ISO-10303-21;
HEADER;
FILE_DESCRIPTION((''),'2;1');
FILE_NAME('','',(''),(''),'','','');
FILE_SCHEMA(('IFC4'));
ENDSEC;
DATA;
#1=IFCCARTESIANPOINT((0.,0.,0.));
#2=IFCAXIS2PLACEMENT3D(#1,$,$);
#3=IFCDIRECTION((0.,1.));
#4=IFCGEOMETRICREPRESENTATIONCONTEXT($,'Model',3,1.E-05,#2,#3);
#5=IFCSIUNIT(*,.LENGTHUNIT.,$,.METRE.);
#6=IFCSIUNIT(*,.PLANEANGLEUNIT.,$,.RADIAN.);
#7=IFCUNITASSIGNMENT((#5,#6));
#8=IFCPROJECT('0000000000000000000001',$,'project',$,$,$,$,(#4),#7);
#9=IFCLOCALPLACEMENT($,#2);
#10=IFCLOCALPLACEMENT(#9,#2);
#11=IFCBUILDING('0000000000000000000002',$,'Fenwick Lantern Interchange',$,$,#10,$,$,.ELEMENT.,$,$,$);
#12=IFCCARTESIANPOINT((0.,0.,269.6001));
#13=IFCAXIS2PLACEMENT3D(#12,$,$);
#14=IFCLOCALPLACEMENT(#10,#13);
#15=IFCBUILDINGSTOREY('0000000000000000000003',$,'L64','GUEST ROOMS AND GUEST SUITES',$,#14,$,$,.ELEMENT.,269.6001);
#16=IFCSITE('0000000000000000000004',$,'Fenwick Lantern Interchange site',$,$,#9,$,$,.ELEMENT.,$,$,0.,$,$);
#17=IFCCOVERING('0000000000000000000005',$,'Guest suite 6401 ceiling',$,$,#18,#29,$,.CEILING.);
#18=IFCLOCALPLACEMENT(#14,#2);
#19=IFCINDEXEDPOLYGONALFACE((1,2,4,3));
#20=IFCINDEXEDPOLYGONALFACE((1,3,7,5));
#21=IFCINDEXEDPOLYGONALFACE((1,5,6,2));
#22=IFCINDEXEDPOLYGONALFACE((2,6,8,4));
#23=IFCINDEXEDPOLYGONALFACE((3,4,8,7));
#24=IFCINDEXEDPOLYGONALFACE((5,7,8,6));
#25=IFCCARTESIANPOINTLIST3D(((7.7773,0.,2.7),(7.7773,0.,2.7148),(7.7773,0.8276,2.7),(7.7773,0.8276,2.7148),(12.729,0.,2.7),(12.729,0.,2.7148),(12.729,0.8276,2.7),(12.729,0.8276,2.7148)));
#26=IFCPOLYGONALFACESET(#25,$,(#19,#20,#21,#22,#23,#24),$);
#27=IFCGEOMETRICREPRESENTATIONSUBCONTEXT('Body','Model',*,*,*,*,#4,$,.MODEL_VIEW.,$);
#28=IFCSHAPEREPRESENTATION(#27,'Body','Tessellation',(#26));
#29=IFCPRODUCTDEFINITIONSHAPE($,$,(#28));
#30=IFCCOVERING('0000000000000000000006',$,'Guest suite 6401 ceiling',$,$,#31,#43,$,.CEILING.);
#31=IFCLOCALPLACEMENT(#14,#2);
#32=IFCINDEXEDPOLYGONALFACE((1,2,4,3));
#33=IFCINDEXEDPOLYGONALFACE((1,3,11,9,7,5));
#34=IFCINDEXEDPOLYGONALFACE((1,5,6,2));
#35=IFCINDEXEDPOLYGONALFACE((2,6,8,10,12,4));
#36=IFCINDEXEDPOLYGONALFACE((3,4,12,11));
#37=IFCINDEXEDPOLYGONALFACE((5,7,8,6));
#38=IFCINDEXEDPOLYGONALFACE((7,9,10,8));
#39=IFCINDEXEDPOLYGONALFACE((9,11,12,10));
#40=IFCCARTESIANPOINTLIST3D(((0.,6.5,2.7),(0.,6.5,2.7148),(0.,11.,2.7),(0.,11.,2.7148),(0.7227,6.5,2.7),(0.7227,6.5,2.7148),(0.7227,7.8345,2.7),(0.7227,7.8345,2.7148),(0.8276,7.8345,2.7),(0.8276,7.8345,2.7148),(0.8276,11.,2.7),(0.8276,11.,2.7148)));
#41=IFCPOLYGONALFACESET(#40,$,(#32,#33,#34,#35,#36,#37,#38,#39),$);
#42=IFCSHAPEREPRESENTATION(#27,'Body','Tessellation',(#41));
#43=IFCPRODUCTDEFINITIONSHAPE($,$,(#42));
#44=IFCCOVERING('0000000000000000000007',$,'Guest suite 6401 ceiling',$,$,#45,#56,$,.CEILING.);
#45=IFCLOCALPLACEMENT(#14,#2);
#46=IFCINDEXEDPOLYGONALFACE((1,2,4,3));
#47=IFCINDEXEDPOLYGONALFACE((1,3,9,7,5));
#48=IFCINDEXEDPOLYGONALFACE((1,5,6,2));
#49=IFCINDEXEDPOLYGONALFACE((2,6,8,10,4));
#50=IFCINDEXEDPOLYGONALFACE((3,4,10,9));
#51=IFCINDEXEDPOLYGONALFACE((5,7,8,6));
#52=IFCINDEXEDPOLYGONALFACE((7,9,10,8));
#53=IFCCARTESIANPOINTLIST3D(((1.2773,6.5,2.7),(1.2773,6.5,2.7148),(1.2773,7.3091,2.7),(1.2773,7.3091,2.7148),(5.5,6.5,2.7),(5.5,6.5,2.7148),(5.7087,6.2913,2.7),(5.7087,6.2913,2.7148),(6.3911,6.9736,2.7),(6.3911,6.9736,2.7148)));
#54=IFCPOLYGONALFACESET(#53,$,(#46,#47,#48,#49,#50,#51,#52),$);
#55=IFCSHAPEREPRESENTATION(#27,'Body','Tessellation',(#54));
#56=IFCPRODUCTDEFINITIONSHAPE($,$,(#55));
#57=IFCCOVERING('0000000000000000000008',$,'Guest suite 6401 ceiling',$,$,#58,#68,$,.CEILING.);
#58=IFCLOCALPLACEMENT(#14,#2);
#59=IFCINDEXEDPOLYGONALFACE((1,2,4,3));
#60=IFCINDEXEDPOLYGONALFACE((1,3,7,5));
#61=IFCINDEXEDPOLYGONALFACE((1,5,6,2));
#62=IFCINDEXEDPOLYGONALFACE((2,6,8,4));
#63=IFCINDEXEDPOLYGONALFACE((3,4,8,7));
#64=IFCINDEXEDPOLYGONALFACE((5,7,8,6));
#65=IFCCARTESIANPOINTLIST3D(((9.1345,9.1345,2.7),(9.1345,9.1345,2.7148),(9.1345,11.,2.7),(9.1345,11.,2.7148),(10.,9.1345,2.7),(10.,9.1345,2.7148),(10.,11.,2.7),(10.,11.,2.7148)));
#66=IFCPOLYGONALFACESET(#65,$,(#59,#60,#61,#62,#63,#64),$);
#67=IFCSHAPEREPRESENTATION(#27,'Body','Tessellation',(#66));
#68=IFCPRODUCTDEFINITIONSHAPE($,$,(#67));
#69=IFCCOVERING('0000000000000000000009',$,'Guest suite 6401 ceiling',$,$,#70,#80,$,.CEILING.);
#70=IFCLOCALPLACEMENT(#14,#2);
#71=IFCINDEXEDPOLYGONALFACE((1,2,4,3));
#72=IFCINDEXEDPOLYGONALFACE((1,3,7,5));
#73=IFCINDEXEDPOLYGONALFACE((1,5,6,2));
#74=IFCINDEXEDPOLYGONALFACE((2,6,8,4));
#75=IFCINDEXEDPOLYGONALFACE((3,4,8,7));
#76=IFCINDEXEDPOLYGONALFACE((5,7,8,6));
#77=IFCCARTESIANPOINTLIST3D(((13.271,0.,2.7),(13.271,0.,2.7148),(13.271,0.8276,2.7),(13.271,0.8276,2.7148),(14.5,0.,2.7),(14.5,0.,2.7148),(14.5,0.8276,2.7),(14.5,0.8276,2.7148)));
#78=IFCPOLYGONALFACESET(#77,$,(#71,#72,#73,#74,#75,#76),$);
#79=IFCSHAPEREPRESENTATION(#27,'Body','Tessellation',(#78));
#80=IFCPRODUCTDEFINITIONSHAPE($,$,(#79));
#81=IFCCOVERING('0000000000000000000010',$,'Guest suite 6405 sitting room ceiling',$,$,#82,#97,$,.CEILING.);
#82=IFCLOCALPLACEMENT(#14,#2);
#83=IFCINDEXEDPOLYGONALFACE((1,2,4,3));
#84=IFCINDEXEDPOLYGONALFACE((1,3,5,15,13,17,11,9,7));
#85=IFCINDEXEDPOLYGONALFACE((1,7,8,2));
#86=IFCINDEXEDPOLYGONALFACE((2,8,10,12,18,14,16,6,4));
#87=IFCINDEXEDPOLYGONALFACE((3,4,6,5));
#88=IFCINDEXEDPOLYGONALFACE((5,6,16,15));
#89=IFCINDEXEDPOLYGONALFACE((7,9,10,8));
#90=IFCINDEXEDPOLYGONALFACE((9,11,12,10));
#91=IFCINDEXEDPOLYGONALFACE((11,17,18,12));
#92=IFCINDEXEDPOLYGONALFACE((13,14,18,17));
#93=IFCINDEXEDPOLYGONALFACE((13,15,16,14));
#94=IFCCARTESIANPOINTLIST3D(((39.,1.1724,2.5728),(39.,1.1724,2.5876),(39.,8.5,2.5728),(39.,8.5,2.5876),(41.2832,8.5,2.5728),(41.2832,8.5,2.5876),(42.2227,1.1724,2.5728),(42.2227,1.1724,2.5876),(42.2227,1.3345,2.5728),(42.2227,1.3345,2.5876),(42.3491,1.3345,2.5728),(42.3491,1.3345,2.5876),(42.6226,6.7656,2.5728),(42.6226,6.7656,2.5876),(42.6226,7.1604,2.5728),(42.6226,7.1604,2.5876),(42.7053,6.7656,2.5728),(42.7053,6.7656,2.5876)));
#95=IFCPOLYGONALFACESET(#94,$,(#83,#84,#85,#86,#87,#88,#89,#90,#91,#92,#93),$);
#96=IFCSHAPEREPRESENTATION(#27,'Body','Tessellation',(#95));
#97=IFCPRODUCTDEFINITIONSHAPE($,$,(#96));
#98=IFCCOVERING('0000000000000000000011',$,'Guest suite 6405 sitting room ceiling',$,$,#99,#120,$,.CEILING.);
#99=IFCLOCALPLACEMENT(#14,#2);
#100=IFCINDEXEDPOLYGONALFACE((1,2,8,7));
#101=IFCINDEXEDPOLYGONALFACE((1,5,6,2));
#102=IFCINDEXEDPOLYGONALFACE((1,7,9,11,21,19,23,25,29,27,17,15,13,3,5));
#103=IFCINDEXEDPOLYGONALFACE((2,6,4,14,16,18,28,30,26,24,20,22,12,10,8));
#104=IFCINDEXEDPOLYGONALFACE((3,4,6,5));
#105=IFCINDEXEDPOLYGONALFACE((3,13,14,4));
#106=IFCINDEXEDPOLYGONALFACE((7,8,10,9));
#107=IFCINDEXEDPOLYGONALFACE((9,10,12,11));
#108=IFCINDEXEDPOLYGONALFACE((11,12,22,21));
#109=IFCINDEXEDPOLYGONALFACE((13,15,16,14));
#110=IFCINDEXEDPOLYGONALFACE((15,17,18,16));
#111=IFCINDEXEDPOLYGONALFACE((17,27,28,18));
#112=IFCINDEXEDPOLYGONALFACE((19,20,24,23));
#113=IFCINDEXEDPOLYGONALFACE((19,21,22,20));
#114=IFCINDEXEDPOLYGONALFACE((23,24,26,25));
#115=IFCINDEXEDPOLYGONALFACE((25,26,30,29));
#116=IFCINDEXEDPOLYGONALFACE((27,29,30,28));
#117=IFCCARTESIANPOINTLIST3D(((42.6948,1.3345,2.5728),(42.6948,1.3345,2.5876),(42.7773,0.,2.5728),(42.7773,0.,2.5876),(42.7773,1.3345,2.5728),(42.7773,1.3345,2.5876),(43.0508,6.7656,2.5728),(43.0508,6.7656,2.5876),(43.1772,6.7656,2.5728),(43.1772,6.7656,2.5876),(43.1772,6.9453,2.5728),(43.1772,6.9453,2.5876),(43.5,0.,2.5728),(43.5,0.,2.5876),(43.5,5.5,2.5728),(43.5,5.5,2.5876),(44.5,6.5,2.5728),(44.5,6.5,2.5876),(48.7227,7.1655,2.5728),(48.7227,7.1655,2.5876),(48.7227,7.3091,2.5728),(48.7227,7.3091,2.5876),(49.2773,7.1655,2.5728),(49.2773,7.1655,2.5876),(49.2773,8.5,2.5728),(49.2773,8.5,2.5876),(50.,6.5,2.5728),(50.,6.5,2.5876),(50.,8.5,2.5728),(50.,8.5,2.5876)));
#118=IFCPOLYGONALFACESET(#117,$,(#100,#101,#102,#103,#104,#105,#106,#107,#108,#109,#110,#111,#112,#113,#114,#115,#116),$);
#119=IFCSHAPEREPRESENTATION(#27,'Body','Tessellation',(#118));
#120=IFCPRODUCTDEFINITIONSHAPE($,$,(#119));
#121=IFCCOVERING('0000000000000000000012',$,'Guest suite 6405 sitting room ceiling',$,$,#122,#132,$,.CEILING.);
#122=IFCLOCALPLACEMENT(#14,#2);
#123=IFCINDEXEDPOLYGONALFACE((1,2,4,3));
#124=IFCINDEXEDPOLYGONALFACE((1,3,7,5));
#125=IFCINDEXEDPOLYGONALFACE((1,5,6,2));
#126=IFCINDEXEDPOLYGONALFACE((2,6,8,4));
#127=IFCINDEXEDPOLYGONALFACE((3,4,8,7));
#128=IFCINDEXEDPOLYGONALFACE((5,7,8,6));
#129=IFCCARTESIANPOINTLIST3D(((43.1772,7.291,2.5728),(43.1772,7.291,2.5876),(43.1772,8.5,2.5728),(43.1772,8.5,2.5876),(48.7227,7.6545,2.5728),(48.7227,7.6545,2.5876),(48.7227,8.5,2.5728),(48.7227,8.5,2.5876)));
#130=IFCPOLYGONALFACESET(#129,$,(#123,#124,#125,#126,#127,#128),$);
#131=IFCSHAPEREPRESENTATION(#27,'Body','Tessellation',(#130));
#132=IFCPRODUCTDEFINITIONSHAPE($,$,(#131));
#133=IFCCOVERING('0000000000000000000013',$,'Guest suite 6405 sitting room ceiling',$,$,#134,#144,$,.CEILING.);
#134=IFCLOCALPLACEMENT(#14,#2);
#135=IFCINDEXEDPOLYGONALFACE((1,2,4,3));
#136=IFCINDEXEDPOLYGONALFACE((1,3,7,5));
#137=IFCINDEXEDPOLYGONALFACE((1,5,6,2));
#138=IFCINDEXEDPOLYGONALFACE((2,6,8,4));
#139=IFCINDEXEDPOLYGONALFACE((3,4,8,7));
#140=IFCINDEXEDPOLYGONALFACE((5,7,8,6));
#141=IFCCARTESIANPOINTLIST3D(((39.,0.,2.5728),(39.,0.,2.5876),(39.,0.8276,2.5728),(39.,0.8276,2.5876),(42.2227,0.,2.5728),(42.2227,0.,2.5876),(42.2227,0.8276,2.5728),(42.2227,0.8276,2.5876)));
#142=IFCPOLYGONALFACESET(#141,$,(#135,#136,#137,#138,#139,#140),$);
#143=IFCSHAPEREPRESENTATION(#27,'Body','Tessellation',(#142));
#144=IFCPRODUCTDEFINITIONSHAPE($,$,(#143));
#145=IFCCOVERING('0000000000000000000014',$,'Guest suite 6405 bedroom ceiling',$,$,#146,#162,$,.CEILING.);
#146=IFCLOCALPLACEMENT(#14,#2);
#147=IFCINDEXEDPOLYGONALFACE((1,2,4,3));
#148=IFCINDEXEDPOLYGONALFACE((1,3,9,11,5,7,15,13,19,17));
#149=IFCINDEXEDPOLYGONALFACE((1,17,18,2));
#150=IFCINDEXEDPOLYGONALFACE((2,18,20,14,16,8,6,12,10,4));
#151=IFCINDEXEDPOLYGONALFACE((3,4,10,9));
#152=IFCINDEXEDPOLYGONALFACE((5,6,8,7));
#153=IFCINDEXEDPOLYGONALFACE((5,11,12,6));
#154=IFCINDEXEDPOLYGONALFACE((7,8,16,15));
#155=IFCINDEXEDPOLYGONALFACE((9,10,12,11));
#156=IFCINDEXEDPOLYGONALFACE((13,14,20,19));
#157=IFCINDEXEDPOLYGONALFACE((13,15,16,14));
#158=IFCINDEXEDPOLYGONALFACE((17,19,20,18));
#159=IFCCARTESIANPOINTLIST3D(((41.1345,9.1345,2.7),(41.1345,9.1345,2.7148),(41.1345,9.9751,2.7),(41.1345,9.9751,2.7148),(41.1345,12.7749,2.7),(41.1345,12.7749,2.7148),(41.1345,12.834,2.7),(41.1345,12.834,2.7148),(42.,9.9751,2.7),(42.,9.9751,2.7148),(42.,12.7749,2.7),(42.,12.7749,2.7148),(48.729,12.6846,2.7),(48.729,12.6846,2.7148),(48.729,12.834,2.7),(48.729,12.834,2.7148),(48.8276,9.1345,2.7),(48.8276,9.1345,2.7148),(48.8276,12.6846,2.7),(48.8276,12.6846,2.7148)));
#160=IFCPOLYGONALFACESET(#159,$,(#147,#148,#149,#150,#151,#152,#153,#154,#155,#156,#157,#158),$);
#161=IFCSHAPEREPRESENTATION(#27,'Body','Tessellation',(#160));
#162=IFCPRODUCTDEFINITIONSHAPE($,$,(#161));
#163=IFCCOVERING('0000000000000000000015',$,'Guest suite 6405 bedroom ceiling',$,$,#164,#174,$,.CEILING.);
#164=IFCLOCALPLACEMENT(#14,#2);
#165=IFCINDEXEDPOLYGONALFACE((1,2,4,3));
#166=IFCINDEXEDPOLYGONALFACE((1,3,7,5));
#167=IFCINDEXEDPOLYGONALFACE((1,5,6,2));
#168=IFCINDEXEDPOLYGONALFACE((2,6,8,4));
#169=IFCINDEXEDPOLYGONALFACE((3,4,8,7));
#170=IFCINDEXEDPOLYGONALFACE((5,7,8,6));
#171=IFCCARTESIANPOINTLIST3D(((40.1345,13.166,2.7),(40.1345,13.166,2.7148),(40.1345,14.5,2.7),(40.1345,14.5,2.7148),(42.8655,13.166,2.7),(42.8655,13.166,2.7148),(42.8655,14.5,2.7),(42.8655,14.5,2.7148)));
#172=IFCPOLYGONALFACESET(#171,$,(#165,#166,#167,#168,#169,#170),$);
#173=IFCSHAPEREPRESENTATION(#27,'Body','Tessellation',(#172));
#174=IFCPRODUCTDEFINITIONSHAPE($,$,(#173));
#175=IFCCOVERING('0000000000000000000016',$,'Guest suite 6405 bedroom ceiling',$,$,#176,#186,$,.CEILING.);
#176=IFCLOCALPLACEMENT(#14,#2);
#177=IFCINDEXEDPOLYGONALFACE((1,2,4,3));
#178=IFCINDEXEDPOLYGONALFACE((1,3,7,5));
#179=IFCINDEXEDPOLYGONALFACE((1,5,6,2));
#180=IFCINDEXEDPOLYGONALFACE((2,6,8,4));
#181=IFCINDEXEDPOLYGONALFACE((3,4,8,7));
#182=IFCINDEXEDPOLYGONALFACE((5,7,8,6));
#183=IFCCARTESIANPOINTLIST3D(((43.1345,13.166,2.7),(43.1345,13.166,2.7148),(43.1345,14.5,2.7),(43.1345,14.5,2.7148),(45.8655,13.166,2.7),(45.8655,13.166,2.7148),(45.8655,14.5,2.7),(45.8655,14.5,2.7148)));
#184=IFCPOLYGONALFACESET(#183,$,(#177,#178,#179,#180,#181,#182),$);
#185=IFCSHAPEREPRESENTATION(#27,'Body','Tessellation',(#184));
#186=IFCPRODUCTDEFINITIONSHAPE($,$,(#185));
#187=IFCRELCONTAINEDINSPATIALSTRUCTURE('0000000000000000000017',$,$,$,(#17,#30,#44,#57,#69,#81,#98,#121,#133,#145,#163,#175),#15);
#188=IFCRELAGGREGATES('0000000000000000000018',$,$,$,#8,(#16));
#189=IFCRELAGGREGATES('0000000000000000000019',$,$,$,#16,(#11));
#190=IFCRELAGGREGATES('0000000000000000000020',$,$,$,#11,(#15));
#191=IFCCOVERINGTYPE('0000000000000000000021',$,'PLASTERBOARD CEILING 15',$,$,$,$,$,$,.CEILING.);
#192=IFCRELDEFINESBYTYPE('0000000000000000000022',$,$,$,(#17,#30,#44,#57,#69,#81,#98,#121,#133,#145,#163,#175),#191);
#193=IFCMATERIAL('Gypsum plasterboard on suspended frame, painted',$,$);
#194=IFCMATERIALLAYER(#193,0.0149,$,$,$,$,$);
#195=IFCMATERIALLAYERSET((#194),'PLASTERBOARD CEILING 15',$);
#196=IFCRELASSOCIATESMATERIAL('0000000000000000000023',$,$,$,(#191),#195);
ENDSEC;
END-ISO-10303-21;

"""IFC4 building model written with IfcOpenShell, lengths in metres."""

from ifc_helpers import new_model, si_unit, direction, frame, origin, place, context, subcontext, project, spatial, polyline, outline, extrude, material, layer, layer_set, type_object, element, save


model = new_model("IFC4")

# Units and contexts
model_context = context("Model", 3, precision=1e-05, world=origin(), true_north=direction((0.0, 1.0)))
body_context = subcontext(model_context, "Body", "Model", "MODEL_VIEW")
ifc_project = project(units=[si_unit("LENGTHUNIT", "METRE"), si_unit("PLANEANGLEUNIT", "RADIAN")], contexts=[model_context])

# Site, building, storey
site_placement = place(None, origin())
site = spatial("IfcSite", under=ifc_project, at=site_placement, Name="Fenwick Lantern Interchange site", CompositionType="ELEMENT", RefElevation=0.0)
building_placement = place(site_placement, origin())
building = spatial("IfcBuilding", under=site, at=building_placement, Name="Fenwick Lantern Interchange", CompositionType="ELEMENT")
storey_placement = place(building_placement, frame((0.0, 0.0, 269.6001)))
storey = spatial("IfcBuildingStorey", under=building, at=storey_placement, Name="L64", Description="GUEST ROOMS AND GUEST SUITES", CompositionType="ELEMENT", Elevation=269.6001)

# Coverings
ifc_material_1 = material(Name="Gypsum plasterboard on suspended frame, painted")
ifc_layer_1 = layer(ifc_material_1, 0.0149)
ifc_layer_set_1 = layer_set([ifc_layer_1], Name="PLASTERBOARD CEILING 15")
covering_type_1 = type_object("IfcCoveringType", Name="PLASTERBOARD CEILING 15", PredefinedType="CEILING", material=ifc_layer_set_1)
covering_1_placement = place(storey_placement, frame((0.0, 0.0, 2.7)))
element("IfcCovering", 1, at=covering_1_placement, inside=storey, type_object=covering_type_1, Name="Guest suite 6401 ceiling", PredefinedType="CEILING", context=body_context, shape_type="SweptSolid", body=[
    extrude(outline(polyline([(12.729, 0.0), (12.729, 0.8276), (7.7773, 0.8276), (7.7773, 0.0), (12.729, 0.0)])), origin(), (0.0, 0.0, 1.0), 0.0149),
])
covering_2_placement = place(storey_placement, frame((0.0, 0.0, 2.7)))
element("IfcCovering", 2, at=covering_2_placement, inside=storey, type_object=covering_type_1, Name="Guest suite 6401 ceiling", PredefinedType="CEILING", context=body_context, shape_type="SweptSolid", body=[
    extrude(outline(polyline([(0.7227, 7.8345), (0.8276, 7.8345), (0.8276, 11.0), (0.0, 11.0), (0.0, 6.5), (0.7227, 6.5), (0.7227, 7.8345)])), origin(), (0.0, 0.0, 1.0), 0.0149),
])
covering_3_placement = place(storey_placement, frame((0.0, 0.0, 2.7)))
element("IfcCovering", 3, at=covering_3_placement, inside=storey, type_object=covering_type_1, Name="Guest suite 6401 ceiling", PredefinedType="CEILING", context=body_context, shape_type="SweptSolid", body=[
    extrude(outline(polyline([(5.7087, 6.2913), (6.3911, 6.9736), (1.2773, 7.3091), (1.2773, 6.5), (5.5, 6.5), (5.7087, 6.2913)])), origin(), (0.0, 0.0, 1.0), 0.0149),
])
covering_4_placement = place(storey_placement, frame((0.0, 0.0, 2.7)))
element("IfcCovering", 4, at=covering_4_placement, inside=storey, type_object=covering_type_1, Name="Guest suite 6401 ceiling", PredefinedType="CEILING", context=body_context, shape_type="SweptSolid", body=[
    extrude(outline(polyline([(10.0, 9.1345), (10.0, 11.0), (9.1345, 11.0), (9.1345, 9.1345), (10.0, 9.1345)])), origin(), (0.0, 0.0, 1.0), 0.0149),
])
covering_5_placement = place(storey_placement, frame((0.0, 0.0, 2.7)))
element("IfcCovering", 5, at=covering_5_placement, inside=storey, type_object=covering_type_1, Name="Guest suite 6401 ceiling", PredefinedType="CEILING", context=body_context, shape_type="SweptSolid", body=[
    extrude(outline(polyline([(14.5, 0.0), (14.5, 0.8276), (13.271, 0.8276), (13.271, 0.0), (14.5, 0.0)])), origin(), (0.0, 0.0, 1.0), 0.0149),
])
covering_6_placement = place(storey_placement, frame((0.0, 0.0, 2.5728)))
element("IfcCovering", 6, at=covering_6_placement, inside=storey, type_object=covering_type_1, Name="Guest suite 6405 sitting room ceiling", PredefinedType="CEILING", context=body_context, shape_type="SweptSolid", body=[
    extrude(outline(polyline([(42.2227, 1.3345), (42.3491, 1.3345), (42.7053, 6.7656), (42.6226, 6.7656), (42.6226, 7.1604), (41.2832, 8.5), (39.0, 8.5), (39.0, 1.1724), (42.2227, 1.1724), (42.2227, 1.3345)])), origin(), (0.0, 0.0, 1.0), 0.0149),
])
covering_7_placement = place(storey_placement, frame((0.0, 0.0, 2.5728)))
element("IfcCovering", 7, at=covering_7_placement, inside=storey, type_object=covering_type_1, Name="Guest suite 6405 sitting room ceiling", PredefinedType="CEILING", context=body_context, shape_type="SweptSolid", body=[
    extrude(outline(polyline([(42.7773, 1.3345), (42.7773, 0.0), (43.5, 0.0), (43.5, 5.5), (44.5, 6.5), (50.0, 6.5), (50.0, 8.5), (49.2773, 8.5), (49.2773, 7.1655), (48.7227, 7.1655), (48.7227, 7.3091), (43.1772, 6.9453), (43.1772, 6.7656), (43.0508, 6.7656), (42.6948, 1.3345), (42.7773, 1.3345)])), origin(), (0.0, 0.0, 1.0), 0.0149),
])
covering_8_placement = place(storey_placement, frame((0.0, 0.0, 2.5728)))
element("IfcCovering", 8, at=covering_8_placement, inside=storey, type_object=covering_type_1, Name="Guest suite 6405 sitting room ceiling", PredefinedType="CEILING", context=body_context, shape_type="SweptSolid", body=[
    extrude(outline(polyline([(43.1772, 8.5), (43.1772, 7.291), (48.7227, 7.6545), (48.7227, 8.5), (43.1772, 8.5)])), origin(), (0.0, 0.0, 1.0), 0.0149),
])
covering_9_placement = place(storey_placement, frame((0.0, 0.0, 2.5728)))
element("IfcCovering", 9, at=covering_9_placement, inside=storey, type_object=covering_type_1, Name="Guest suite 6405 sitting room ceiling", PredefinedType="CEILING", context=body_context, shape_type="SweptSolid", body=[
    extrude(outline(polyline([(42.2227, 0.0), (42.2227, 0.8276), (39.0, 0.8276), (39.0, 0.0), (42.2227, 0.0)])), origin(), (0.0, 0.0, 1.0), 0.0149),
])
covering_10_placement = place(storey_placement, frame((0.0, 0.0, 2.7)))
element("IfcCovering", 10, at=covering_10_placement, inside=storey, type_object=covering_type_1, Name="Guest suite 6405 bedroom ceiling", PredefinedType="CEILING", context=body_context, shape_type="SweptSolid", body=[
    extrude(outline(polyline([(48.729, 12.6846), (48.729, 12.834), (41.1345, 12.834), (41.1345, 12.7749), (42.0, 12.7749), (42.0, 9.9751), (41.1345, 9.9751), (41.1345, 9.1345), (48.8276, 9.1345), (48.8276, 12.6846), (48.729, 12.6846)])), origin(), (0.0, 0.0, 1.0), 0.0149),
])
covering_11_placement = place(storey_placement, frame((0.0, 0.0, 2.7)))
element("IfcCovering", 11, at=covering_11_placement, inside=storey, type_object=covering_type_1, Name="Guest suite 6405 bedroom ceiling", PredefinedType="CEILING", context=body_context, shape_type="SweptSolid", body=[
    extrude(outline(polyline([(42.8655, 14.5), (40.1345, 14.5), (40.1345, 13.166), (42.8655, 13.166), (42.8655, 14.5)])), origin(), (0.0, 0.0, 1.0), 0.0149),
])
covering_12_placement = place(storey_placement, frame((0.0, 0.0, 2.7)))
element("IfcCovering", 12, at=covering_12_placement, inside=storey, type_object=covering_type_1, Name="Guest suite 6405 bedroom ceiling", PredefinedType="CEILING", context=body_context, shape_type="SweptSolid", body=[
    extrude(outline(polyline([(45.8655, 14.5), (43.1345, 14.5), (43.1345, 13.166), (45.8655, 13.166), (45.8655, 14.5)])), origin(), (0.0, 0.0, 1.0), 0.0149),
])

save(model, "model.ifc")
